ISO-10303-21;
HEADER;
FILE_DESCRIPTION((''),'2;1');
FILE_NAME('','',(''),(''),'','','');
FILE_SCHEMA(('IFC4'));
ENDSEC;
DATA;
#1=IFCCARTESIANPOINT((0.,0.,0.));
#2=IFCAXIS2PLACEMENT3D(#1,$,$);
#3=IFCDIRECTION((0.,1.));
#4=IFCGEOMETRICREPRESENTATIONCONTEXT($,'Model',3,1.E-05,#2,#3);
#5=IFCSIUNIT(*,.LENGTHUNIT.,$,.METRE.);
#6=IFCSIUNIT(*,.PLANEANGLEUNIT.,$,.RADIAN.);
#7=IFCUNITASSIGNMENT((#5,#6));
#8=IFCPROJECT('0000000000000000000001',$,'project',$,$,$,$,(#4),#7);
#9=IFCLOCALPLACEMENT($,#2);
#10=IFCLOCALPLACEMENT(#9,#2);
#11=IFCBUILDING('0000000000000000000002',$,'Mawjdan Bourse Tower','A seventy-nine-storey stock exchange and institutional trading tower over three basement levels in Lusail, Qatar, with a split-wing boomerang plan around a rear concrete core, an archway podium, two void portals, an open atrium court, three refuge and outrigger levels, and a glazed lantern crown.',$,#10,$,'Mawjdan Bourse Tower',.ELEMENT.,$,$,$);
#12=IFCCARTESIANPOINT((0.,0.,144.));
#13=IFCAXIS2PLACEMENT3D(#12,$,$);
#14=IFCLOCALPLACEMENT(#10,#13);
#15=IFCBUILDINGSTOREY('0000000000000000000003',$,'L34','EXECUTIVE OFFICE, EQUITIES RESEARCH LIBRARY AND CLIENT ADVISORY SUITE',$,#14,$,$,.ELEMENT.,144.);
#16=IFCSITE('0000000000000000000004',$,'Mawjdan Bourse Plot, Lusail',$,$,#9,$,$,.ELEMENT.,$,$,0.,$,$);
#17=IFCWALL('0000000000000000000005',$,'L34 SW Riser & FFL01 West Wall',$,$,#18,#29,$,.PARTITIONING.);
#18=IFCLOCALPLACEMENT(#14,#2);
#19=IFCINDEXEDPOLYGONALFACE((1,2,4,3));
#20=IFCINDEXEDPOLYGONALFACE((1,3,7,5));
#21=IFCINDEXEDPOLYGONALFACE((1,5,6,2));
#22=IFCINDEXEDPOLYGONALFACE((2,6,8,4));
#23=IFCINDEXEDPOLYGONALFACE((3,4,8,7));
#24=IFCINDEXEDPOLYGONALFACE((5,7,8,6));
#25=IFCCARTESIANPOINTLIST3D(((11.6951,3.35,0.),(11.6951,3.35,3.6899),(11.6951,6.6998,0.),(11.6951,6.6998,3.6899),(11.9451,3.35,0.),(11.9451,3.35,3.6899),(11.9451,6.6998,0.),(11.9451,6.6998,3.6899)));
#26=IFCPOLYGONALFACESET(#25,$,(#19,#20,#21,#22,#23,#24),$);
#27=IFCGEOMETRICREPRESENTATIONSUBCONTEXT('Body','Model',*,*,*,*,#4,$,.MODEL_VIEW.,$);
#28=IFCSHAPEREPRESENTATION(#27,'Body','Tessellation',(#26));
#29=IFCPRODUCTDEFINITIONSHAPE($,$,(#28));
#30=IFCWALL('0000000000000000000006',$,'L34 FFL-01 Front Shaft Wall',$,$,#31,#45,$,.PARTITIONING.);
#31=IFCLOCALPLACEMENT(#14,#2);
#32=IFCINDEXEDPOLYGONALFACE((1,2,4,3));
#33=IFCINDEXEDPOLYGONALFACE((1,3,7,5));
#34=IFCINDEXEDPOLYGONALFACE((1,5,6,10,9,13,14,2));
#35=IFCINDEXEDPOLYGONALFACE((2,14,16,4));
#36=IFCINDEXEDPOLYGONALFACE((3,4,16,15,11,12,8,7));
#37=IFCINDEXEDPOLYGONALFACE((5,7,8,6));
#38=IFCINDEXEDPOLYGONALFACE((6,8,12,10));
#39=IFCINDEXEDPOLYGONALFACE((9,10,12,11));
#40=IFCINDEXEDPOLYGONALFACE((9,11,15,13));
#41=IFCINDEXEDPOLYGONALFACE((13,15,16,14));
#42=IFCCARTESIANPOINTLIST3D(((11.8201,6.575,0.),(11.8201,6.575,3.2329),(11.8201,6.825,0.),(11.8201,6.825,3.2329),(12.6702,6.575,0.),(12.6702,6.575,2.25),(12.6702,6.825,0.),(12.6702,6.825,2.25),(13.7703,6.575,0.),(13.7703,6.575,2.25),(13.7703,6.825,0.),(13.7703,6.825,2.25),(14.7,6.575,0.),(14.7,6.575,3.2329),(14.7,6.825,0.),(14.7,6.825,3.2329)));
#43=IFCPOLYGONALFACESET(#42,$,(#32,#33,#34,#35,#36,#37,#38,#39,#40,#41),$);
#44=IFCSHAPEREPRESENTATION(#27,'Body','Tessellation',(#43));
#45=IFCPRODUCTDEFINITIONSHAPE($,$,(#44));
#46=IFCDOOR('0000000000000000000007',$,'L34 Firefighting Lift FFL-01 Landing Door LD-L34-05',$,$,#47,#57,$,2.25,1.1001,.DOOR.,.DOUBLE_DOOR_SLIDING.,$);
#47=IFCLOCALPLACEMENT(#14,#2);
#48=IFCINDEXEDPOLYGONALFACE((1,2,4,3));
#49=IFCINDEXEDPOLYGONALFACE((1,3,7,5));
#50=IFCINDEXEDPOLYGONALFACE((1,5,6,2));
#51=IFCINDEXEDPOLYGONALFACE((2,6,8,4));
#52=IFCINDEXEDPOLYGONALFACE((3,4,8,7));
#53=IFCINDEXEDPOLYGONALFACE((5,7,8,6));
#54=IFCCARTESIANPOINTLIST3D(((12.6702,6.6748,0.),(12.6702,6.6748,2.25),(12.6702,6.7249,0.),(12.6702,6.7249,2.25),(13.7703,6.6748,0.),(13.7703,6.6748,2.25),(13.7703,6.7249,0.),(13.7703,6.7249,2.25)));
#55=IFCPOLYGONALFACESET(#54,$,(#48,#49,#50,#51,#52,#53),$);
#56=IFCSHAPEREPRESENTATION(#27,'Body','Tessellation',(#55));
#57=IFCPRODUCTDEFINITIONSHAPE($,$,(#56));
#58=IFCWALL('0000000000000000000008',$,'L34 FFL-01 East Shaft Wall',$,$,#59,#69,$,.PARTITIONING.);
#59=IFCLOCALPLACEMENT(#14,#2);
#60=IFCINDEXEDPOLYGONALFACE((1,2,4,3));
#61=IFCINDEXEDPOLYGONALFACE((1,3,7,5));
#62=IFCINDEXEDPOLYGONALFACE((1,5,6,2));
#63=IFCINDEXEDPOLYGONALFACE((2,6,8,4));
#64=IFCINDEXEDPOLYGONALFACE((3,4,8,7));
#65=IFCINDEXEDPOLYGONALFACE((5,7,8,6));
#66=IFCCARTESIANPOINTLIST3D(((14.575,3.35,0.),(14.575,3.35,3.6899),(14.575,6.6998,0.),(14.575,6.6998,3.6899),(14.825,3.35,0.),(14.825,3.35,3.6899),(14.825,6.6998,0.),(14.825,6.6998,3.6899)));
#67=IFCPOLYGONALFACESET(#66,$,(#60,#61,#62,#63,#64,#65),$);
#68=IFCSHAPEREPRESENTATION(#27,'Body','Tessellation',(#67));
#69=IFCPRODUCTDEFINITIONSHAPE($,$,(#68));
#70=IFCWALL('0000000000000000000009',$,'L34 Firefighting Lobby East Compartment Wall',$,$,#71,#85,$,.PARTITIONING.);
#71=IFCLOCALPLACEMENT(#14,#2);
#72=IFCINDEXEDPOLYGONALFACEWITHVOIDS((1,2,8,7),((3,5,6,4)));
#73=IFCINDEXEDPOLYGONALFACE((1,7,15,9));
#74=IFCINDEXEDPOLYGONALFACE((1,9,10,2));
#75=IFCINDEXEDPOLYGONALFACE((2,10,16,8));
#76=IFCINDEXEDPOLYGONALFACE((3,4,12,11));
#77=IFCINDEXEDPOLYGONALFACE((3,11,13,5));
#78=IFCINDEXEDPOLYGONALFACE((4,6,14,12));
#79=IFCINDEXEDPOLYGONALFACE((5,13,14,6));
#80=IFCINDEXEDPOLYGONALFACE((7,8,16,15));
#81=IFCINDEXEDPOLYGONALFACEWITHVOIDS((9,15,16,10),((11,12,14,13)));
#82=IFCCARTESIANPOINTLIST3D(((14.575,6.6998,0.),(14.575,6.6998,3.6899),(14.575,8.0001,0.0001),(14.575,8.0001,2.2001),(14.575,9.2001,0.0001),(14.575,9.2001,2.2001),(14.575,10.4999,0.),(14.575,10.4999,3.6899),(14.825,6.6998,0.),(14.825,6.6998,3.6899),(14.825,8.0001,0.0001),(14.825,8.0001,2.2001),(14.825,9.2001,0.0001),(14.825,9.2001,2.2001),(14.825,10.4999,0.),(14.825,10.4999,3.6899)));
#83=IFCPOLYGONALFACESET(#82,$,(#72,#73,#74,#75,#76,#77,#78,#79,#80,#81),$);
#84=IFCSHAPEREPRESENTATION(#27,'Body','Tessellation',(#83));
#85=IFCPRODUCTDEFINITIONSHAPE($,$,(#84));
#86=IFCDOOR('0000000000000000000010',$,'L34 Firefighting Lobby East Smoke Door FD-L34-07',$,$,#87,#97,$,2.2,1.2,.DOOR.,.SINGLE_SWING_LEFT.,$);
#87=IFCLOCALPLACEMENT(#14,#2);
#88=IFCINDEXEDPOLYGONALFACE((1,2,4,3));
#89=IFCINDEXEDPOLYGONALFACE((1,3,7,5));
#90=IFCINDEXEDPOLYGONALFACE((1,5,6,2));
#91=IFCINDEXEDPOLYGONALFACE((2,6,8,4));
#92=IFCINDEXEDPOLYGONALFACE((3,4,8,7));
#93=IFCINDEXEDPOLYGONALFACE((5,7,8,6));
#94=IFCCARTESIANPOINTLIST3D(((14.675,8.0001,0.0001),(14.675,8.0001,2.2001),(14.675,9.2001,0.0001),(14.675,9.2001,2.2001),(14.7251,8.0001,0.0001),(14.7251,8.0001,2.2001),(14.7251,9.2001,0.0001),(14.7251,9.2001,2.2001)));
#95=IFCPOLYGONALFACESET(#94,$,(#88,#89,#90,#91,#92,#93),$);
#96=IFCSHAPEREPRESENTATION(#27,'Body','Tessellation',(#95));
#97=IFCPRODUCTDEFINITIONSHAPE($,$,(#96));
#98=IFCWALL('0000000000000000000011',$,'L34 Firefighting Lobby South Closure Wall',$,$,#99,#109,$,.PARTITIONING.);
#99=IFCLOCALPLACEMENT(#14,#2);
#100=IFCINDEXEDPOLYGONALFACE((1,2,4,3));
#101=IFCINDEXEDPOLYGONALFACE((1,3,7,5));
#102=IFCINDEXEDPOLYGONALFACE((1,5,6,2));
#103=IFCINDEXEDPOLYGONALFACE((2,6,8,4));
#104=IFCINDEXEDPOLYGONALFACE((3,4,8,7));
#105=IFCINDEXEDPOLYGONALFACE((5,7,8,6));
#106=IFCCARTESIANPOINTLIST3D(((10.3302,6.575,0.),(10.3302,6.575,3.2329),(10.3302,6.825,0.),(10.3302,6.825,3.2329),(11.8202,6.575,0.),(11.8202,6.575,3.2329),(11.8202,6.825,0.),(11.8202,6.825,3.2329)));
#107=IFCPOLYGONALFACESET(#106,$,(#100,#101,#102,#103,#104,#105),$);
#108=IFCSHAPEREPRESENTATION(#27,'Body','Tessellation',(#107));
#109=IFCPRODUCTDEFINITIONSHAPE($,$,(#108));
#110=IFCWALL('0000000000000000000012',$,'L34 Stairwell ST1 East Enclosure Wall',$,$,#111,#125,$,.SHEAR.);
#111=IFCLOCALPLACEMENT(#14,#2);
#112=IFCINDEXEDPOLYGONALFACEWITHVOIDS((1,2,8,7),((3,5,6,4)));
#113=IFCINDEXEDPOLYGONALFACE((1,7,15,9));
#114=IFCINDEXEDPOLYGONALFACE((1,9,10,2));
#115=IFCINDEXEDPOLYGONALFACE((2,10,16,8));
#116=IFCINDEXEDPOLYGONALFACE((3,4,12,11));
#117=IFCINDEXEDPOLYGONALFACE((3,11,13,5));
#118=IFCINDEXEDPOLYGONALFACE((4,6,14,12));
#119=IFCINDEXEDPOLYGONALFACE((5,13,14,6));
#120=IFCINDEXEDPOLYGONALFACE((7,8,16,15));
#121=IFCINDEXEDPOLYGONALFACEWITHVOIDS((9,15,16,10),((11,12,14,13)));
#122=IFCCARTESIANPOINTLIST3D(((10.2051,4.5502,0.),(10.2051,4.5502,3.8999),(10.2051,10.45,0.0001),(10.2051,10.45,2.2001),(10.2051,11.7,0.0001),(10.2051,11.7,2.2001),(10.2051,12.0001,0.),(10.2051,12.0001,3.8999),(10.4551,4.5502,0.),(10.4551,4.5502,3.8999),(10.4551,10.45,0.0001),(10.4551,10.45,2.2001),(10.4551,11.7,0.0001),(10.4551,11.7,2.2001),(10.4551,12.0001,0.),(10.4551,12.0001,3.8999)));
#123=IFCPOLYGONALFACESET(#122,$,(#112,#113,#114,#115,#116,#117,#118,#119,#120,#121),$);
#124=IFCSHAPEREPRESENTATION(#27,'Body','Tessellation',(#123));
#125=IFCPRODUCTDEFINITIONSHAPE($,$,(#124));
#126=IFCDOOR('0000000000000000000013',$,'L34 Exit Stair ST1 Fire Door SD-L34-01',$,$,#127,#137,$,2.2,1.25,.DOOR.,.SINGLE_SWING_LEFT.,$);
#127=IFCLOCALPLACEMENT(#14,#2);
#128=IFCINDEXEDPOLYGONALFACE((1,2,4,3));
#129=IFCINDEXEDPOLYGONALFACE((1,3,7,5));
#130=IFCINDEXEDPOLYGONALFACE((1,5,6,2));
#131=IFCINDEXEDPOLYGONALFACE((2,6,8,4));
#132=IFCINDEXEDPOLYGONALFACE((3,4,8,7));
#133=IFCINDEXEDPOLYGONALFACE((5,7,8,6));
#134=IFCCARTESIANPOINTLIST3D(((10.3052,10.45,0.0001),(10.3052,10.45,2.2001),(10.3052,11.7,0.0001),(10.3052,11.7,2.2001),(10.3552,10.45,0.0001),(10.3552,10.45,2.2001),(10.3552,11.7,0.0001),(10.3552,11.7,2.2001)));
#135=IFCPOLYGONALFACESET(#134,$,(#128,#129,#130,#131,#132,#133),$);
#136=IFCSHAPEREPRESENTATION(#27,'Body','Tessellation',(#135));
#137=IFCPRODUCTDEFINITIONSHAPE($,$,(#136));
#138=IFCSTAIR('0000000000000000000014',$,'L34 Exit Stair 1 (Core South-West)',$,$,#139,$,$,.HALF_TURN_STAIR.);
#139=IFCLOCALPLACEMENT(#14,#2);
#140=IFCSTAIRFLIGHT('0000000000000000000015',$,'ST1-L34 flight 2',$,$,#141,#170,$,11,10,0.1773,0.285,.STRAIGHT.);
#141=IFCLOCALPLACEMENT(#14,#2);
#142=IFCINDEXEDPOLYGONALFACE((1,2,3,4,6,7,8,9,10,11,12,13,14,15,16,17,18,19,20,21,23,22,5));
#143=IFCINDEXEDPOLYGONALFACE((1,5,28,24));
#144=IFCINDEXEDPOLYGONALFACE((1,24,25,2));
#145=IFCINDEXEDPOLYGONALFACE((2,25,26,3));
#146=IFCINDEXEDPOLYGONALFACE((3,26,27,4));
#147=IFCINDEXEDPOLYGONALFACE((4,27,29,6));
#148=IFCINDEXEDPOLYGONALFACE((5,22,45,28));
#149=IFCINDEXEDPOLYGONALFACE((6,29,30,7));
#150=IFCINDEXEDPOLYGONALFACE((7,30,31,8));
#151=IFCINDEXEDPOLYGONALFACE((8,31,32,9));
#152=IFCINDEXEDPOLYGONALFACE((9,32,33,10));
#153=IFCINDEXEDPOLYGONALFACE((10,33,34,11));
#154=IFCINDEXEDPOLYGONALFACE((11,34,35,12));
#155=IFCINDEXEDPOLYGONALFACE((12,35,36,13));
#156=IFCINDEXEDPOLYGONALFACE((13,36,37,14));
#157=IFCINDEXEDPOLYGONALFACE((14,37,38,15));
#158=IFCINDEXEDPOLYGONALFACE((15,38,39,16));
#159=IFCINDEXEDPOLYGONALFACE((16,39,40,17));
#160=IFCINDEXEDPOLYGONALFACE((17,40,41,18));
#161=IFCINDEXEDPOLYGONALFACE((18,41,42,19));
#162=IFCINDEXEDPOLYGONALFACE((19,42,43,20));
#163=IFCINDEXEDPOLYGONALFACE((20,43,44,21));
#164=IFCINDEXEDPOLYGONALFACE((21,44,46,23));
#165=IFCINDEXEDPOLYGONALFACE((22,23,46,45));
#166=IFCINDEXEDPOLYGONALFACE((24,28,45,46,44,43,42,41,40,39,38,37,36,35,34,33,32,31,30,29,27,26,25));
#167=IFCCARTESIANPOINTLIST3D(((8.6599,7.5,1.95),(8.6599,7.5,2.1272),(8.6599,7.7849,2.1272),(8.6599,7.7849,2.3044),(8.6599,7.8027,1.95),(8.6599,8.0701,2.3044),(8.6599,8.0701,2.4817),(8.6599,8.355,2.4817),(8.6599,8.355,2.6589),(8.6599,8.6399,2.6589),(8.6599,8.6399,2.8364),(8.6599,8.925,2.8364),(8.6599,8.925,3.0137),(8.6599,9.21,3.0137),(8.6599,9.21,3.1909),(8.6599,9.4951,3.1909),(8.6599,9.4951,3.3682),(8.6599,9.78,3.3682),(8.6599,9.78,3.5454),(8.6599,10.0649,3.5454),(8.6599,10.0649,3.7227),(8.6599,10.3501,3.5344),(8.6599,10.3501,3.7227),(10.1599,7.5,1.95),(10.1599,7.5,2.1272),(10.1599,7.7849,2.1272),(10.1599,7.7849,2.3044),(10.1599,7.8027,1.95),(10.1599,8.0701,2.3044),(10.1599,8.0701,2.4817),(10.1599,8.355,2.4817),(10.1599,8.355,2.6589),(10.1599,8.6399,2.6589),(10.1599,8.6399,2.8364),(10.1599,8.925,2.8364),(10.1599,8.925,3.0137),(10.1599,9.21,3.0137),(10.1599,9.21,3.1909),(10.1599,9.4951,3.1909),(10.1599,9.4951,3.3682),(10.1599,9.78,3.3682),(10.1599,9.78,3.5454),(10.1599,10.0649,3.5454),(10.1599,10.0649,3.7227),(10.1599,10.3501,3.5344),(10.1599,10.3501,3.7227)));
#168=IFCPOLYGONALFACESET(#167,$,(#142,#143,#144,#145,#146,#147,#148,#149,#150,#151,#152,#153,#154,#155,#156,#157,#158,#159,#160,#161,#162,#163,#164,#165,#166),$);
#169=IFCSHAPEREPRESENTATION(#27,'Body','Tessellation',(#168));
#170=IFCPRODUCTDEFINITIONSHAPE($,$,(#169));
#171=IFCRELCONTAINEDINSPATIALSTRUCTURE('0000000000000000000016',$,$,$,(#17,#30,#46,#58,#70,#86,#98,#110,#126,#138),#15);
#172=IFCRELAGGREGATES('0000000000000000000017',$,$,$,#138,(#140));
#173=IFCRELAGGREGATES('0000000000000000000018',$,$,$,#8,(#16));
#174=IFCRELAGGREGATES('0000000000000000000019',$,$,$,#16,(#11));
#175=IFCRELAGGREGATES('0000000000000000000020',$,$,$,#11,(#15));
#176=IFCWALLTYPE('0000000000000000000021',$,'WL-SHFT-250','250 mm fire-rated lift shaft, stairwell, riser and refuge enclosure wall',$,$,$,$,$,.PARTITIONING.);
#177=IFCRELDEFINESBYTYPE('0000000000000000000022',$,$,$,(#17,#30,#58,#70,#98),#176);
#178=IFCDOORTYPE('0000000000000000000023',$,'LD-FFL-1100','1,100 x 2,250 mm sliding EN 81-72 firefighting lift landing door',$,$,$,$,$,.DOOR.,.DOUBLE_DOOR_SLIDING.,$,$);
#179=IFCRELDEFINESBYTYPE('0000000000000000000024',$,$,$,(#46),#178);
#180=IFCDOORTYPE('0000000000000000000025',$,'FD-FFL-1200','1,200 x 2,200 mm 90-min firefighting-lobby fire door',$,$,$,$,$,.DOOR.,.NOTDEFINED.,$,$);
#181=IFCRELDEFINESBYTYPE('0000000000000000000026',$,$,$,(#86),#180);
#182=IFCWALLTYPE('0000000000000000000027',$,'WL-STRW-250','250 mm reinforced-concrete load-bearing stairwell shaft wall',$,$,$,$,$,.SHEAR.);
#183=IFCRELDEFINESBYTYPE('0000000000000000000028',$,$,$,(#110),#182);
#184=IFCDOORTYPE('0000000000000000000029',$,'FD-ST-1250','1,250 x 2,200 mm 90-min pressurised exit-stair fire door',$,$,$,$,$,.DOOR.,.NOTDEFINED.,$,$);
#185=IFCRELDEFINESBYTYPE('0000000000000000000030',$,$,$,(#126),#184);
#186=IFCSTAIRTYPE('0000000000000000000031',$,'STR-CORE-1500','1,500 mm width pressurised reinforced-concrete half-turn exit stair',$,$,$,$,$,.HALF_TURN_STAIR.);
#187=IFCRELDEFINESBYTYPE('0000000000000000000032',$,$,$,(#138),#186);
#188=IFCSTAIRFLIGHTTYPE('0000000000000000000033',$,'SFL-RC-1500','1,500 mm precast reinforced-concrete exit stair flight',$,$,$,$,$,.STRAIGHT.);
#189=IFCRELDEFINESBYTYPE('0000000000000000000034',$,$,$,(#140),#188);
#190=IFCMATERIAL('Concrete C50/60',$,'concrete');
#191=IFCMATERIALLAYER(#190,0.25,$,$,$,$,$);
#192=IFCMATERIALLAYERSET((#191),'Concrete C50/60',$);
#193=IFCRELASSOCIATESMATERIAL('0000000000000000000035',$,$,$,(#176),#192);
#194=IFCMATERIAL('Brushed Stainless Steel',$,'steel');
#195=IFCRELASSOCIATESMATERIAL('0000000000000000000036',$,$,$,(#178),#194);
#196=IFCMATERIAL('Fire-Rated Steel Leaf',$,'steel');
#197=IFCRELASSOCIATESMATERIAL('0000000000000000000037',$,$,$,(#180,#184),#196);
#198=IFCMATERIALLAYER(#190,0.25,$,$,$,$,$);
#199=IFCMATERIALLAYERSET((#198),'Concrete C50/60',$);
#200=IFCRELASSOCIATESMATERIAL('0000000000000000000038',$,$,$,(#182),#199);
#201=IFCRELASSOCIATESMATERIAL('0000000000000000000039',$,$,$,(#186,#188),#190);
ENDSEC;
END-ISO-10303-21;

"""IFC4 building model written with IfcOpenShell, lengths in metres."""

from ifc_helpers import new_model, si_unit, direction, frame, frame_2d, origin, place, context, subcontext, project, spatial, polyline, rectangle, outline, extrude, material, layer, layer_set, type_object, element, fill, aggregate, save


model = new_model("IFC4")

# Units and contexts
model_context = context("Model", 3, precision=1e-05, world=origin(), true_north=direction((0.0, 1.0)))
body_context = subcontext(model_context, "Body", "Model", "MODEL_VIEW")
ifc_project = project(units=[si_unit("LENGTHUNIT", "METRE"), si_unit("PLANEANGLEUNIT", "RADIAN")], contexts=[model_context])

# Site, building, storey
site_placement = place(None, origin())
site = spatial("IfcSite", under=ifc_project, at=site_placement, Name="Mawjdan Bourse Plot, Lusail", CompositionType="ELEMENT", RefElevation=0.0)
building_placement = place(site_placement, origin())
building = spatial("IfcBuilding", under=site, at=building_placement, Name="Mawjdan Bourse Tower", Description="A seventy-nine-storey stock exchange and institutional trading tower over three basement levels in Lusail, Qatar, with a split-wing boomerang plan around a rear concrete core, an archway podium, two void portals, an open atrium court, three refuge and outrigger levels, and a glazed lantern crown.", LongName="Mawjdan Bourse Tower", CompositionType="ELEMENT")
storey_placement = place(building_placement, frame((0.0, 0.0, 144.0)))
storey = spatial("IfcBuildingStorey", under=building, at=storey_placement, Name="L34", Description="EXECUTIVE OFFICE, EQUITIES RESEARCH LIBRARY AND CLIENT ADVISORY SUITE", CompositionType="ELEMENT", Elevation=144.0)

# Shared definitions
ifc_material_1 = material(Name="Concrete C50/60", Category="concrete")
ifc_layer_1 = layer(ifc_material_1, 0.25)
ifc_layer_set_1 = layer_set([ifc_layer_1], Name="Concrete C50/60")
wall_type_1 = type_object("IfcWallType", Name="WL-SHFT-250", Description="250 mm fire-rated lift shaft, stairwell, riser and refuge enclosure wall", PredefinedType="PARTITIONING", material=ifc_layer_set_1)

# Wall
wall_1_placement = place(storey_placement, frame((11.8201, 3.3501, 0.0), z_axis=(0.0, 0.0, 1.0), x_axis=(0.0, 1.0, 0.0)))
element("IfcWall", 1, at=wall_1_placement, inside=storey, type_object=wall_type_1, Name="L34 SW Riser & FFL01 West Wall", PredefinedType="PARTITIONING", context=body_context, shape_type="SweptSolid", body=[
    extrude(rectangle(XDim=3.3499, YDim=0.25, at=frame_2d((1.6748, 0.0))), origin(), (0.0, 0.0, 1.0), 3.6899),
])

# Wall, opening, door
wall_2_placement = place(storey_placement, frame((11.8201, 6.7, 0.0), z_axis=(0.0, 0.0, 1.0), x_axis=(1.0, 0.0, 0.0)))
wall_2 = element("IfcWall", 2, at=wall_2_placement, inside=storey, type_object=wall_type_1, Name="L34 FFL-01 Front Shaft Wall", PredefinedType="PARTITIONING", context=body_context, shape_type="SweptSolid", body=[
    extrude(rectangle(XDim=2.8799, YDim=0.25, at=frame_2d((1.4399, 0.0))), origin(), (0.0, 0.0, 1.0), 3.2329),
])
opening_1_placement = place(wall_2_placement, frame((0.8501, 0.0, 0.0)))
opening_1 = element("IfcOpeningElement", 3, at=opening_1_placement, cuts=wall_2, PredefinedType="OPENING", context=body_context, shape_type="SweptSolid", body=[
    extrude(rectangle(XDim=1.1001, YDim=2.25, at=frame_2d((0.55, 1.125))), frame((0.0, 0.135, 0.0), z_axis=(0.0, -1.0, 0.0), x_axis=(1.0, 0.0, 0.0)), (0.0, 0.0, 1.0), 0.27),
])
ifc_material_2 = material(Name="Brushed Stainless Steel", Category="steel")
door_type_1 = type_object("IfcDoorType", Name="LD-FFL-1100", Description="1,100 x 2,250 mm sliding EN 81-72 firefighting lift landing door", OperationType="DOUBLE_DOOR_SLIDING", PredefinedType="DOOR", material=ifc_material_2)
door_1_placement = place(opening_1_placement, origin())
door_1 = element("IfcDoor", 4, at=door_1_placement, inside=storey, type_object=door_type_1, Name="L34 Firefighting Lift FFL-01 Landing Door LD-L34-05", OperationType="DOUBLE_DOOR_SLIDING", OverallHeight=2.25, OverallWidth=1.1001, PredefinedType="DOOR", context=body_context, shape_type="SweptSolid", body=[
    extrude(rectangle(XDim=1.1001, YDim=2.25, at=frame_2d((0.55, 1.125))), frame((0.0, 0.0249, 0.0), z_axis=(0.0, -1.0, 0.0), x_axis=(1.0, 0.0, 0.0)), (0.0, 0.0, 1.0), 0.05),
])
fill(opening_1, door_1)

# Wall
wall_3_placement = place(storey_placement, frame((14.7, 3.3501, 0.0), z_axis=(0.0, 0.0, 1.0), x_axis=(0.0, 1.0, 0.0)))
element("IfcWall", 5, at=wall_3_placement, inside=storey, type_object=wall_type_1, Name="L34 FFL-01 East Shaft Wall", PredefinedType="PARTITIONING", context=body_context, shape_type="SweptSolid", body=[
    extrude(rectangle(XDim=3.3499, YDim=0.25, at=frame_2d((1.6748, 0.0))), origin(), (0.0, 0.0, 1.0), 3.6899),
])

# Wall, opening, door
wall_4_placement = place(storey_placement, frame((14.7, 6.7, 0.0), z_axis=(0.0, 0.0, 1.0), x_axis=(0.0, 1.0, 0.0)))
wall_4 = element("IfcWall", 6, at=wall_4_placement, inside=storey, type_object=wall_type_1, Name="L34 Firefighting Lobby East Compartment Wall", PredefinedType="PARTITIONING", context=body_context, shape_type="SweptSolid", body=[
    extrude(rectangle(XDim=3.8, YDim=0.25, at=frame_2d((1.8999, 0.0))), origin(), (0.0, 0.0, 1.0), 3.6899),
])
opening_2_placement = place(wall_4_placement, frame((1.3, 0.0, 0.0)))
opening_2 = element("IfcOpeningElement", 7, at=opening_2_placement, cuts=wall_4, PredefinedType="OPENING", context=body_context, shape_type="SweptSolid", body=[
    extrude(rectangle(XDim=1.2, YDim=2.2, at=frame_2d((0.6001, 1.1001))), frame((0.0, 0.135, 0.0), z_axis=(0.0, -1.0, 0.0), x_axis=(1.0, 0.0, 0.0)), (0.0, 0.0, 1.0), 0.27),
])
ifc_material_3 = material(Name="Fire-Rated Steel Leaf", Category="steel")
door_type_2 = type_object("IfcDoorType", Name="FD-FFL-1200", Description="1,200 x 2,200 mm 90-min firefighting-lobby fire door", OperationType="NOTDEFINED", PredefinedType="DOOR", material=ifc_material_3)
door_2_placement = place(opening_2_placement, origin())
door_2 = element("IfcDoor", 8, at=door_2_placement, inside=storey, type_object=door_type_2, Name="L34 Firefighting Lobby East Smoke Door FD-L34-07", OperationType="SINGLE_SWING_LEFT", OverallHeight=2.2, OverallWidth=1.2, PredefinedType="DOOR", context=body_context, shape_type="SweptSolid", body=[
    extrude(rectangle(XDim=1.2, YDim=2.2, at=frame_2d((0.6001, 1.1001))), frame((0.0, 0.0249, 0.0), z_axis=(0.0, -1.0, 0.0), x_axis=(1.0, 0.0, 0.0)), (0.0, 0.0, 1.0), 0.05),
])
fill(opening_2, door_2)

# Wall
wall_5_placement = place(storey_placement, frame((10.3301, 6.7, 0.0), z_axis=(0.0, 0.0, 1.0), x_axis=(1.0, 0.0, 0.0)))
element("IfcWall", 9, at=wall_5_placement, inside=storey, type_object=wall_type_1, Name="L34 Firefighting Lobby South Closure Wall", PredefinedType="PARTITIONING", context=body_context, shape_type="SweptSolid", body=[
    extrude(rectangle(XDim=1.49, YDim=0.25, at=frame_2d((0.7451, 0.0))), origin(), (0.0, 0.0, 1.0), 3.2329),
])

# Wall, opening, door
ifc_layer_2 = layer(ifc_material_1, 0.25)
ifc_layer_set_2 = layer_set([ifc_layer_2], Name="Concrete C50/60")
wall_type_2 = type_object("IfcWallType", Name="WL-STRW-250", Description="250 mm reinforced-concrete load-bearing stairwell shaft wall", PredefinedType="SHEAR", material=ifc_layer_set_2)
wall_6_placement = place(storey_placement, frame((10.3301, 4.55, 0.0), z_axis=(0.0, 0.0, 1.0), x_axis=(0.0, 1.0, 0.0)))
wall_6 = element("IfcWall", 10, at=wall_6_placement, inside=storey, type_object=wall_type_2, Name="L34 Stairwell ST1 East Enclosure Wall", PredefinedType="SHEAR", context=body_context, shape_type="SweptSolid", body=[
    extrude(rectangle(XDim=7.45, YDim=0.25, at=frame_2d((3.7251, 0.0))), origin(), (0.0, 0.0, 1.0), 3.8999),
])
opening_3_placement = place(wall_6_placement, frame((5.8999, 0.0, 0.0)))
opening_3 = element("IfcOpeningElement", 11, at=opening_3_placement, cuts=wall_6, PredefinedType="OPENING", context=body_context, shape_type="SweptSolid", body=[
    extrude(rectangle(XDim=1.25, YDim=2.2, at=frame_2d((0.625, 1.1001))), frame((0.0, 0.135, 0.0), z_axis=(0.0, -1.0, 0.0), x_axis=(1.0, 0.0, 0.0)), (0.0, 0.0, 1.0), 0.27),
])
door_type_3 = type_object("IfcDoorType", Name="FD-ST-1250", Description="1,250 x 2,200 mm 90-min pressurised exit-stair fire door", OperationType="NOTDEFINED", PredefinedType="DOOR", material=ifc_material_3)
door_3_placement = place(opening_3_placement, origin())
door_3 = element("IfcDoor", 12, at=door_3_placement, inside=storey, type_object=door_type_3, Name="L34 Exit Stair ST1 Fire Door SD-L34-01", OperationType="SINGLE_SWING_LEFT", OverallHeight=2.2, OverallWidth=1.25, PredefinedType="DOOR", context=body_context, shape_type="SweptSolid", body=[
    extrude(rectangle(XDim=1.25, YDim=2.2, at=frame_2d((0.625, 1.1001))), frame((0.0, 0.0249, 0.0), z_axis=(0.0, -1.0, 0.0), x_axis=(1.0, 0.0, 0.0)), (0.0, 0.0, 1.0), 0.05),
])
fill(opening_3, door_3)

# Stair, stair flight
stair_type = type_object("IfcStairType", Name="STR-CORE-1500", Description="1,500 mm width pressurised reinforced-concrete half-turn exit stair", PredefinedType="HALF_TURN_STAIR", material=ifc_material_1)
stair_placement = place(storey_placement, origin())
stair = element("IfcStair", 13, at=stair_placement, inside=storey, type_object=stair_type, Name="L34 Exit Stair 1 (Core South-West)", PredefinedType="HALF_TURN_STAIR")
stair_flight_type = type_object("IfcStairFlightType", Name="SFL-RC-1500", Description="1,500 mm precast reinforced-concrete exit stair flight", PredefinedType="STRAIGHT", material=ifc_material_1)
stair_flight_placement = place(storey_placement, frame((9.4099, 7.5, 1.95), z_axis=(0.0, 0.0, 1.0), x_axis=(0.0, 1.0, 0.0)))
stair_flight = element("IfcStairFlight", 14, at=stair_flight_placement, type_object=stair_flight_type, Name="ST1-L34 flight 2", NumberOfRisers=11, NumberOfTreads=10, PredefinedType="STRAIGHT", RiserHeight=0.1773, TreadLength=0.285, context=body_context, shape_type="SweptSolid", body=[
    extrude(outline(polyline([(0.0, 0.0), (0.0, 0.1772), (0.2849, 0.1772), (0.2849, 0.3545), (0.5701, 0.3545), (0.5701, 0.5317), (0.855, 0.5317), (0.855, 0.709), (1.1399, 0.709), (1.1399, 0.8865), (1.425, 0.8865), (1.425, 1.0637), (1.71, 1.0637), (1.71, 1.241), (1.9951, 1.241), (1.9951, 1.4182), (2.28, 1.4182), (2.28, 1.5955), (2.5649, 1.5955), (2.5649, 1.7727), (2.8501, 1.7727), (2.8501, 1.95), (2.8501, 1.5845), (0.3027, 0.0), (0.0, 0.0)])), frame((0.0, 0.75, 0.0), z_axis=(0.0, -1.0, 0.0), x_axis=(1.0, 0.0, 0.0)), (0.0, 0.0, 1.0), 1.5),
])
aggregate(stair, [stair_flight])

save(model, "model.ifc")
